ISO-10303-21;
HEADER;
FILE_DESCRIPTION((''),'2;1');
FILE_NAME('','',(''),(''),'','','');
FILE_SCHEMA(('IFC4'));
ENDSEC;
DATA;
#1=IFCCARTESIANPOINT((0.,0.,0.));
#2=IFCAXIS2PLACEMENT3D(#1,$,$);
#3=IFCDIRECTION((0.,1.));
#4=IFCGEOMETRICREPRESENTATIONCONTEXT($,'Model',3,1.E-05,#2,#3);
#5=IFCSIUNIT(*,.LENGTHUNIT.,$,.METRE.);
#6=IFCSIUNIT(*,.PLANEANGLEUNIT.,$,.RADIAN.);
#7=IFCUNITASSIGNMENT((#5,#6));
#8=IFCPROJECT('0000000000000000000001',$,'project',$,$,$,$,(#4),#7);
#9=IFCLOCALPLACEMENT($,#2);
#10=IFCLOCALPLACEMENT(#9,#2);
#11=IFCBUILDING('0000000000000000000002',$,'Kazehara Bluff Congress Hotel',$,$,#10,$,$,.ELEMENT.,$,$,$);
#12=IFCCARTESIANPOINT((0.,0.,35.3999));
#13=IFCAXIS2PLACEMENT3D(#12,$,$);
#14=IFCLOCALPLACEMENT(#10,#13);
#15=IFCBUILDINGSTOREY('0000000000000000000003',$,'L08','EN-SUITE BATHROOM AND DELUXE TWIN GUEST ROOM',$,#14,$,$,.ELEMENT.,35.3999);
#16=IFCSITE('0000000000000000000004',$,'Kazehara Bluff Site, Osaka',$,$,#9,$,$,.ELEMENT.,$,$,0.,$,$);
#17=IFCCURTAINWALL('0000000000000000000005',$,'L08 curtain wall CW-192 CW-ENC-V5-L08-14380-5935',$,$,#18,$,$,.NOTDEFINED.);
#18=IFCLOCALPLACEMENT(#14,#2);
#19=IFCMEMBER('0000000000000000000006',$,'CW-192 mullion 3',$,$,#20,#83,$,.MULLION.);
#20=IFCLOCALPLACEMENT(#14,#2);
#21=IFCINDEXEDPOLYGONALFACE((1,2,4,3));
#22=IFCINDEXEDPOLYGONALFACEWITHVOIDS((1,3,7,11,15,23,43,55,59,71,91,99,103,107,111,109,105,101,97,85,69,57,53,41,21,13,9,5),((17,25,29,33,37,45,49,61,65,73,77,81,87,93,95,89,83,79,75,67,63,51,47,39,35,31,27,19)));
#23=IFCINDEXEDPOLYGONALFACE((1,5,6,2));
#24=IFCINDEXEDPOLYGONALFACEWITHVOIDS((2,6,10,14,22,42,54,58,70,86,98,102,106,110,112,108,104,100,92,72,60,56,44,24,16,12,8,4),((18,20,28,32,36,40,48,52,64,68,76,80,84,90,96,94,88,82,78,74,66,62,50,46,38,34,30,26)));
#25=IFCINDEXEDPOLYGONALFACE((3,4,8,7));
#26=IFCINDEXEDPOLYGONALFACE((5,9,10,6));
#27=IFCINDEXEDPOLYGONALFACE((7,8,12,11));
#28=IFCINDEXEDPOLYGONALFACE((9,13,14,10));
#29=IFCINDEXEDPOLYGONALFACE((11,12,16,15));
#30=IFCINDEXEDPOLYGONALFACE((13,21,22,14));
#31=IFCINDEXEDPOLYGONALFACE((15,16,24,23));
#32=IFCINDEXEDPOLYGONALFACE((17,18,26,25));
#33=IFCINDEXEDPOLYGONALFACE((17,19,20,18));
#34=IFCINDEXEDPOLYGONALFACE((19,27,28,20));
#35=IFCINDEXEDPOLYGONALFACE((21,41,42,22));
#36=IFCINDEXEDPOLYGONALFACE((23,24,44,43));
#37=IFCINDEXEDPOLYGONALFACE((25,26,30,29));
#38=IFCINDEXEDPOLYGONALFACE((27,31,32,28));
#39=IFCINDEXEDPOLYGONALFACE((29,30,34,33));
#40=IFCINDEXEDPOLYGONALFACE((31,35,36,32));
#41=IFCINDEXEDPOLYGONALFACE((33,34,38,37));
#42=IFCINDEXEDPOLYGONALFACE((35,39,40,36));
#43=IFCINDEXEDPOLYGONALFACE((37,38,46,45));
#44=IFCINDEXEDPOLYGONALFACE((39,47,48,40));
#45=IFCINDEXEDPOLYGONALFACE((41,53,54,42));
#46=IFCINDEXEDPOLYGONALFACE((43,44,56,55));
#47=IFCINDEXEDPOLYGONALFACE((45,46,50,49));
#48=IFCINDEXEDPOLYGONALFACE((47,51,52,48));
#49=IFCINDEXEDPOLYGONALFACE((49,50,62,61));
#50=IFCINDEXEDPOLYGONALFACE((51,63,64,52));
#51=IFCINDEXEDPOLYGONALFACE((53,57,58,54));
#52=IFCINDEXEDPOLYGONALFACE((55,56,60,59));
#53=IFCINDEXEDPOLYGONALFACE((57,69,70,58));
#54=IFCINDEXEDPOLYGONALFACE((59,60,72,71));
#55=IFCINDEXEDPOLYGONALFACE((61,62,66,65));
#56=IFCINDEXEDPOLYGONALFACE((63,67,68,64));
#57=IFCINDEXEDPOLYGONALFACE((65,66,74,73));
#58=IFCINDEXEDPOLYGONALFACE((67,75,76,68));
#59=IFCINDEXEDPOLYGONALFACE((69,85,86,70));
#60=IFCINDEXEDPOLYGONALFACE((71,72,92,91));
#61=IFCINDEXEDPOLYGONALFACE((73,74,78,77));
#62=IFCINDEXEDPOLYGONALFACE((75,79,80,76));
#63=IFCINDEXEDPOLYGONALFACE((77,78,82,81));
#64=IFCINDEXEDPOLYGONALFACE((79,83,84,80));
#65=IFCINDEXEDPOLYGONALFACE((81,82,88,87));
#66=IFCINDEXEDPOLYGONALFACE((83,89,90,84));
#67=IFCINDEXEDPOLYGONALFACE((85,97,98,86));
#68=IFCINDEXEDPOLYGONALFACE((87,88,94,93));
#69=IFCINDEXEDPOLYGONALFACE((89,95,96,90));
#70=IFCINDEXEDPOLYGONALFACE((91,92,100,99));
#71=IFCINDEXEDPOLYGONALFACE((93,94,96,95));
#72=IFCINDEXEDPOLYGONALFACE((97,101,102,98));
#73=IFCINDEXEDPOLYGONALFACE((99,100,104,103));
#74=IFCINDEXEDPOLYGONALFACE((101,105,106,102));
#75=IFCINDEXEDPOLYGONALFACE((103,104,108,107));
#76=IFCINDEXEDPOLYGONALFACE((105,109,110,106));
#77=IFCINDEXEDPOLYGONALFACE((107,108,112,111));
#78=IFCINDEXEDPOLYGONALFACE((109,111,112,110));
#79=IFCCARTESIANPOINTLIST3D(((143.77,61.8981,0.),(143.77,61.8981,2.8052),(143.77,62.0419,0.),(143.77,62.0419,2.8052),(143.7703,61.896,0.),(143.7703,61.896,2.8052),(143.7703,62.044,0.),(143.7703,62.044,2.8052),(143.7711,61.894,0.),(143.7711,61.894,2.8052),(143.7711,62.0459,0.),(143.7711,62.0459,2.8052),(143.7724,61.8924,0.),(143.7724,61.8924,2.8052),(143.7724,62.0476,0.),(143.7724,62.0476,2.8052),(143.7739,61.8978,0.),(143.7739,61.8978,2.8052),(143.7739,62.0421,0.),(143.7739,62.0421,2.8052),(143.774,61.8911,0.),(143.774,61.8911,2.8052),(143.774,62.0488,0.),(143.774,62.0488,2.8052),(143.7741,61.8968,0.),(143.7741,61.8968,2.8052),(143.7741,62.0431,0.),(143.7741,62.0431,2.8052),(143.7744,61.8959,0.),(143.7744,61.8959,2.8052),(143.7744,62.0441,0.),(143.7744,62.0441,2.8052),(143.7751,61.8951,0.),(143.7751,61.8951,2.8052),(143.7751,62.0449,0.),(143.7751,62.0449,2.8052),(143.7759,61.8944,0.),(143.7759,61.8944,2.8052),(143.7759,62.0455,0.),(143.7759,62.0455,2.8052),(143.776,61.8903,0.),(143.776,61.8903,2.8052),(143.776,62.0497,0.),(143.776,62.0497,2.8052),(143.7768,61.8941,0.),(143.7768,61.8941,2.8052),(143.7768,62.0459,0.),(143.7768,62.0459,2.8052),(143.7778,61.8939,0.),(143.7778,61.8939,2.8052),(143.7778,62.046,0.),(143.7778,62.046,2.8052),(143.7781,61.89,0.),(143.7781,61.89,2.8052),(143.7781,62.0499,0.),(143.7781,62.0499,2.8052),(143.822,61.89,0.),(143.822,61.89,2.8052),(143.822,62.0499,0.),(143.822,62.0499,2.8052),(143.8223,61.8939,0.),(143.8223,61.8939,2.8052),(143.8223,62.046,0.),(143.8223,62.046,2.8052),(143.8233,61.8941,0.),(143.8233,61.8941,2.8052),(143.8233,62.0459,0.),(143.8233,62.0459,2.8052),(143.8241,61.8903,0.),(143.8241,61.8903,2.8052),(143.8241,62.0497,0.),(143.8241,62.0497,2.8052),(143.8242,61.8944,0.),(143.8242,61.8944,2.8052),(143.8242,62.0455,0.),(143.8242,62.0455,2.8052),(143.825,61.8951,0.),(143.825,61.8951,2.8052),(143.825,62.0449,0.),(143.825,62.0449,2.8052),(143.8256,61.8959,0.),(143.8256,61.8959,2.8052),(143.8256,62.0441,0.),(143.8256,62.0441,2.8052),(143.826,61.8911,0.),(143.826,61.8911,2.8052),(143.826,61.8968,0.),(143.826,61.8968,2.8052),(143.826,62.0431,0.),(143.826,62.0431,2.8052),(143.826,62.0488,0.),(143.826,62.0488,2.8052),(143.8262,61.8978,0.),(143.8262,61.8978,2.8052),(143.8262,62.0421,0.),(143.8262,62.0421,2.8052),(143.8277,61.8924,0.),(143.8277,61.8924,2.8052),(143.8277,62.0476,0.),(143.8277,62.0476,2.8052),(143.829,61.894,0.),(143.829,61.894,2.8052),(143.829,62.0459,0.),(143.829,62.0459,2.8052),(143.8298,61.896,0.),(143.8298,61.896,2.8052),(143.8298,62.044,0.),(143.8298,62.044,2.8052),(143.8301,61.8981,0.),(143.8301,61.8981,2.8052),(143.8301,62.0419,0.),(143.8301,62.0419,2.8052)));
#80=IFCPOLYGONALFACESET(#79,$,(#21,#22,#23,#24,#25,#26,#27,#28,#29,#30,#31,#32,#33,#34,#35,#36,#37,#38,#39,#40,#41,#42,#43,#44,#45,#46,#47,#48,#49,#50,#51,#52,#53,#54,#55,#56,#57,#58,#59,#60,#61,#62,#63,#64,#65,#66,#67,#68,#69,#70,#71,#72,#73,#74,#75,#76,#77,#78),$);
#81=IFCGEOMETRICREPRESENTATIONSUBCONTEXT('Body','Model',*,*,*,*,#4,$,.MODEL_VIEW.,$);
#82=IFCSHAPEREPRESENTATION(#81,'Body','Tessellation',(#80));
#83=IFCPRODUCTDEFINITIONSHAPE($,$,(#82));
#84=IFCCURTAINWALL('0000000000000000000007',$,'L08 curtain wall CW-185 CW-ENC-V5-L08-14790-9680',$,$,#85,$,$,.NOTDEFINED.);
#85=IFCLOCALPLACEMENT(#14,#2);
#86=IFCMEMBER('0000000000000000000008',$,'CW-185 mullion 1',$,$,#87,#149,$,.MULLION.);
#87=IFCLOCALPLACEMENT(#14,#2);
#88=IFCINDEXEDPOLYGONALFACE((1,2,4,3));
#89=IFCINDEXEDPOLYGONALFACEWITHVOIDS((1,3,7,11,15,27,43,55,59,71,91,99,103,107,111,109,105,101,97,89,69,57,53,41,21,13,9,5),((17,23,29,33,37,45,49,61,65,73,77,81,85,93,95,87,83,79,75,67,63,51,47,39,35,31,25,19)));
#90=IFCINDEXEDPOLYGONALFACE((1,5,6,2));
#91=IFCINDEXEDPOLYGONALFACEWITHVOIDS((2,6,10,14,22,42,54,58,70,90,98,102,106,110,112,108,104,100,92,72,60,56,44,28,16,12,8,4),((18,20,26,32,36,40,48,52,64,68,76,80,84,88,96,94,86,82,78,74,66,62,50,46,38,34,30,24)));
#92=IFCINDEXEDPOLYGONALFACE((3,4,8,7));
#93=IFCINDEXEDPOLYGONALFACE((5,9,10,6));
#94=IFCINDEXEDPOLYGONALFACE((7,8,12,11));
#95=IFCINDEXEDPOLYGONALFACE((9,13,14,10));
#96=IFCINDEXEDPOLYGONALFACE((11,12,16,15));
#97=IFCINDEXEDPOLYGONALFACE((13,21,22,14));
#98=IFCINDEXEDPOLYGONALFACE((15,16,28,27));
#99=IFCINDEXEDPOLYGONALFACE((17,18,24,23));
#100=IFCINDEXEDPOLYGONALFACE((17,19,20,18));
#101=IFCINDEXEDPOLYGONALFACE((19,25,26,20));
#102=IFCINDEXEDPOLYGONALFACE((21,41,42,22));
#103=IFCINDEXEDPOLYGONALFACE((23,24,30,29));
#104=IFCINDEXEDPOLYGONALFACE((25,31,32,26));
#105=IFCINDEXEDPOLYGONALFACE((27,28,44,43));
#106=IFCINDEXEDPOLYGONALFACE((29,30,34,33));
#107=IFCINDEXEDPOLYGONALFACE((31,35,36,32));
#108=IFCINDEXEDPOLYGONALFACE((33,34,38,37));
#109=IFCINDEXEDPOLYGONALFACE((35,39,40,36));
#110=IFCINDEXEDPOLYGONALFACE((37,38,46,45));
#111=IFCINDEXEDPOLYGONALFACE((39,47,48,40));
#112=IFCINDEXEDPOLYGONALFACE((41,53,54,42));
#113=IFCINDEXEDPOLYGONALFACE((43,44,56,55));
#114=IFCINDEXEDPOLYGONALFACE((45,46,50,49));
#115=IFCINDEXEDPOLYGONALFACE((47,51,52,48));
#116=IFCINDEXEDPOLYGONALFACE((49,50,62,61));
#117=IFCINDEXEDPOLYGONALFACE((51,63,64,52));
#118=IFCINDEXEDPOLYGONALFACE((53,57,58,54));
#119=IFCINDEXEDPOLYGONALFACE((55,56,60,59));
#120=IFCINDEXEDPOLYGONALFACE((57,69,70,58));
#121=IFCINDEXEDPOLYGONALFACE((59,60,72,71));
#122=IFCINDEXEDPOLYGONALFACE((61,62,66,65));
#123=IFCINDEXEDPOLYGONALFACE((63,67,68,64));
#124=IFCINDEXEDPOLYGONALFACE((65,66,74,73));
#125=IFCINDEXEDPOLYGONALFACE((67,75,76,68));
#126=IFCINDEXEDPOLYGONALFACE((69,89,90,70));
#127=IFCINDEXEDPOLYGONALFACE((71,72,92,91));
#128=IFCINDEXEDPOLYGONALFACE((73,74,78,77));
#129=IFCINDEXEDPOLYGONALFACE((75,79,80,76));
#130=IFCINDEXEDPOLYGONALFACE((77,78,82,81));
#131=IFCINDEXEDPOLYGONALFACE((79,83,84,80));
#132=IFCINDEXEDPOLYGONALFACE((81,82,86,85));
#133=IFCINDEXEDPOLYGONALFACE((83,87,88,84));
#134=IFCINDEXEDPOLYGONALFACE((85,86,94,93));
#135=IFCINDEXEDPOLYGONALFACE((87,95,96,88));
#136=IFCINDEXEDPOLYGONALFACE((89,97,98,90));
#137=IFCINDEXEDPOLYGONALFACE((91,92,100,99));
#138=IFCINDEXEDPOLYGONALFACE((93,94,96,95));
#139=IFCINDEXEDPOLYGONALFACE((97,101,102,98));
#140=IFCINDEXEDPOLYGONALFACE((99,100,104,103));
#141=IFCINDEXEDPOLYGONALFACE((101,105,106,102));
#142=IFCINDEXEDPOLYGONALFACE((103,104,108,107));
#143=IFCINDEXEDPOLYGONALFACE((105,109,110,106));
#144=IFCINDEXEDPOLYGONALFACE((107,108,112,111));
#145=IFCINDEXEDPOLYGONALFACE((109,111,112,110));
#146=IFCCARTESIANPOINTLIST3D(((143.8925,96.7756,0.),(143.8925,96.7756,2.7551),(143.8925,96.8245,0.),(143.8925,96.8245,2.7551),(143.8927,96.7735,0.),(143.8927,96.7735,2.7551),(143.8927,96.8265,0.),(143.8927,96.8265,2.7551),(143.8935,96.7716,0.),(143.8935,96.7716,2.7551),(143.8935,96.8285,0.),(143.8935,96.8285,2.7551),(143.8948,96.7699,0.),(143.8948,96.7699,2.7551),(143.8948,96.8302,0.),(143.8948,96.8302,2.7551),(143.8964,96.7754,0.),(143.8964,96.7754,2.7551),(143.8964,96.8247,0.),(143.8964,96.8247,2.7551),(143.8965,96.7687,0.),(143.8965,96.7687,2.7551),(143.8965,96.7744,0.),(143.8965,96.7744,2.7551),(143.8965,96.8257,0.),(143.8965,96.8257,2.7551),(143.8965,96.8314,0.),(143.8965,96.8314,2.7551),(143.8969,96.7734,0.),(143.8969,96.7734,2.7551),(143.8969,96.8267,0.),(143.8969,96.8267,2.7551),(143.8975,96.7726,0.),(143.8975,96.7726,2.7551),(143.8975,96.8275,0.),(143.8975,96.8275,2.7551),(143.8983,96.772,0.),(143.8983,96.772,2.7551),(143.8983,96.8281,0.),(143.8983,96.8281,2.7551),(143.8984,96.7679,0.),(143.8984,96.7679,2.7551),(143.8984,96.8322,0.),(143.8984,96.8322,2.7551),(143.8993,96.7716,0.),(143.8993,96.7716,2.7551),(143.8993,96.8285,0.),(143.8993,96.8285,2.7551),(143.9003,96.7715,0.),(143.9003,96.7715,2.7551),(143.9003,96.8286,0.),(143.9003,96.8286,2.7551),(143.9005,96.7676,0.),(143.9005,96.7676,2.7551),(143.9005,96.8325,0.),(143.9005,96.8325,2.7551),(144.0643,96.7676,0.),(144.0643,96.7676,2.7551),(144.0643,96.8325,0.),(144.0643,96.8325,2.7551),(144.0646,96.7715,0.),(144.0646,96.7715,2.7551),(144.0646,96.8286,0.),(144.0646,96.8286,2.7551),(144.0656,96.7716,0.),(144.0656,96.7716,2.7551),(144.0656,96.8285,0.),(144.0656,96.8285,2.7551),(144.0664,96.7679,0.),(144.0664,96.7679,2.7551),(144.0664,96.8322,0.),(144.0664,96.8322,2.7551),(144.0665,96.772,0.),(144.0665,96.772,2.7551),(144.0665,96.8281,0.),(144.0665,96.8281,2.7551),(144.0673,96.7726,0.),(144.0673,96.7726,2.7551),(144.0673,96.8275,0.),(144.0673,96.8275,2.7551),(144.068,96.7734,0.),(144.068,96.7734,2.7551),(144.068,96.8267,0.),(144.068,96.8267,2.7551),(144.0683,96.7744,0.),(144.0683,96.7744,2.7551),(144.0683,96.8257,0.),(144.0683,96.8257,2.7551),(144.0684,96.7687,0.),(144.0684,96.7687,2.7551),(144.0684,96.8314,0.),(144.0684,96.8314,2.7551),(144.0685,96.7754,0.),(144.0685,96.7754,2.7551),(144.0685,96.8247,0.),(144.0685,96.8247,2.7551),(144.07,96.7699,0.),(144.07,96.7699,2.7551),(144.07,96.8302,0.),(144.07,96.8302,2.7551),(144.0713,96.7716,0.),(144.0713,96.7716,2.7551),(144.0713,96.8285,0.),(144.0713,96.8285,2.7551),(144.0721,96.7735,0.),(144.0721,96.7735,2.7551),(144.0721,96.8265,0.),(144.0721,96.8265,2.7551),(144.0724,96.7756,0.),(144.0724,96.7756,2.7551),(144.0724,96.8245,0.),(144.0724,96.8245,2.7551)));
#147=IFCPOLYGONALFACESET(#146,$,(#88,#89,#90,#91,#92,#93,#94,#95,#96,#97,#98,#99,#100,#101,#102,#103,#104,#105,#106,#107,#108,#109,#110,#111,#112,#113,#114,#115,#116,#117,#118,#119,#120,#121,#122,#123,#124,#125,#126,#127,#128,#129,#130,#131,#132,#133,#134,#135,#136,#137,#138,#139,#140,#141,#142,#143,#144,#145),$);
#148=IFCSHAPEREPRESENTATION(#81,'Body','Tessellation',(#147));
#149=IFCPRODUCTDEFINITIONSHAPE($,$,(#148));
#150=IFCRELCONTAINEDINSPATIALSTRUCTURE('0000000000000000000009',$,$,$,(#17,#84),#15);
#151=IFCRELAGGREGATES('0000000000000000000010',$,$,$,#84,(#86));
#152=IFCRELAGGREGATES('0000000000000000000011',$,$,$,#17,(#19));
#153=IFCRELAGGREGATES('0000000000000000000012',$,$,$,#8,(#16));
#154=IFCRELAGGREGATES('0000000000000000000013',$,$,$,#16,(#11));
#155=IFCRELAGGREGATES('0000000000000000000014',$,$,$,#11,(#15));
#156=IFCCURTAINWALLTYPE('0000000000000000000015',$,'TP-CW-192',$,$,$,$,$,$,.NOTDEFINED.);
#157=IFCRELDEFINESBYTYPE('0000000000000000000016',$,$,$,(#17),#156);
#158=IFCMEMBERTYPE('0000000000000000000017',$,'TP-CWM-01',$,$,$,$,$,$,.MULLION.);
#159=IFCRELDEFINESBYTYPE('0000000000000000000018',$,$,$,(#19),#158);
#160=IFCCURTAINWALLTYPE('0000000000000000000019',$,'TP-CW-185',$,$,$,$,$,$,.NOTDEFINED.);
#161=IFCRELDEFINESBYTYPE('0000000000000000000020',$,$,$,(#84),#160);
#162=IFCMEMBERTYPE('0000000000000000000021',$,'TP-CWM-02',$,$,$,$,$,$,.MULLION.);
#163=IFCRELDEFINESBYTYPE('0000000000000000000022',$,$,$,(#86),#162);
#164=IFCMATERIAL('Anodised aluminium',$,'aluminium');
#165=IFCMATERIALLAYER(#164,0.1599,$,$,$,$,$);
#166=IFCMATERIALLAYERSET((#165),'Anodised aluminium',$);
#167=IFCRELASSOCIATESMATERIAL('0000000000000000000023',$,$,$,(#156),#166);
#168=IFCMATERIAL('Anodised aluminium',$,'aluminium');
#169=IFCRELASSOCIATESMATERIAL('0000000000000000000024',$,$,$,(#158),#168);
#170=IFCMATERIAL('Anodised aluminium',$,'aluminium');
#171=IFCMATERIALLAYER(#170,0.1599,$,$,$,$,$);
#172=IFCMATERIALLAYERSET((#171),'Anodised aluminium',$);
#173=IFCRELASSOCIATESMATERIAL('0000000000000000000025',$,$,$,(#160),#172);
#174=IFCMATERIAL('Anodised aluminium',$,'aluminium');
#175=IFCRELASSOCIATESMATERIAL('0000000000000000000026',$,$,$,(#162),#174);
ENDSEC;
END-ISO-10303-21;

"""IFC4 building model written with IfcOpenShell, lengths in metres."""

from ifc_helpers import new_model, si_unit, direction, frame, origin, origin_2d, place, context, subcontext, project, spatial, hollow_rectangle, extrude, material, layer, layer_set, material_profile, profile_set, type_object, element, aggregate, save


model = new_model("IFC4")

# Units and contexts
model_context = context("Model", 3, precision=1e-05, world=origin(), true_north=direction((0.0, 1.0)))
body_context = subcontext(model_context, "Body", "Model", "MODEL_VIEW")
ifc_project = project(units=[si_unit("LENGTHUNIT", "METRE"), si_unit("PLANEANGLEUNIT", "RADIAN")], contexts=[model_context])

# Site, building, storey
site_placement = place(None, origin())
site = spatial("IfcSite", under=ifc_project, at=site_placement, Name="Kazehara Bluff Site, Osaka", CompositionType="ELEMENT", RefElevation=0.0)
building_placement = place(site_placement, origin())
building = spatial("IfcBuilding", under=site, at=building_placement, Name="Kazehara Bluff Congress Hotel", CompositionType="ELEMENT")
storey_placement = place(building_placement, frame((0.0, 0.0, 35.3999)))
storey = spatial("IfcBuildingStorey", under=building, at=storey_placement, Name="L08", Description="EN-SUITE BATHROOM AND DELUXE TWIN GUEST ROOM", CompositionType="ELEMENT", Elevation=35.3999)

# Curtain walls, members
ifc_material_1 = material(Name="Anodised aluminium", Category="aluminium")
ifc_layer_1 = layer(ifc_material_1, 0.1599)
ifc_layer_set_1 = layer_set([ifc_layer_1], Name="Anodised aluminium")
curtain_wall_type_1 = type_object("IfcCurtainWallType", Name="TP-CW-192", PredefinedType="NOTDEFINED", material=ifc_layer_set_1)
curtain_wall_1_placement = place(storey_placement, origin())
curtain_wall_1 = element("IfcCurtainWall", 1, at=curtain_wall_1_placement, inside=storey, type_object=curtain_wall_type_1, Name="L08 curtain wall CW-192 CW-ENC-V5-L08-14380-5935", PredefinedType="NOTDEFINED")
ifc_material_2 = material(Name="Anodised aluminium", Category="aluminium")
ifc_material_profile_1 = material_profile(ifc_material_2, hollow_rectangle(XDim=0.0601, YDim=0.1599, WallThickness=0.0039, InnerFilletRadius=0.0039, OuterFilletRadius=0.0081, at=origin_2d()))
ifc_profile_set_1 = profile_set([ifc_material_profile_1], Name="Anodised aluminium")
member_type_1 = type_object("IfcMemberType", Name="TP-CWM-01", PredefinedType="MULLION", material=ifc_profile_set_1)
member_1_placement = place(storey_placement, frame((143.8, 61.97, 0.0), z_axis=(0.0, 0.0, 1.0), x_axis=(-1.0, 0.0, 0.0)))
member_1 = element("IfcMember", 2, at=member_1_placement, type_object=member_type_1, Name="CW-192 mullion 3", PredefinedType="MULLION", context=body_context, shape_type="SweptSolid", body=[
    extrude(hollow_rectangle(XDim=0.0601, YDim=0.1599, WallThickness=0.0039, InnerFilletRadius=0.0039, OuterFilletRadius=0.0081, at=origin_2d()), origin(), (0.0, 0.0, 1.0), 2.8052),
])
ifc_material_3 = material(Name="Anodised aluminium", Category="aluminium")
ifc_layer_2 = layer(ifc_material_3, 0.1599)
ifc_layer_set_2 = layer_set([ifc_layer_2], Name="Anodised aluminium")
curtain_wall_type_2 = type_object("IfcCurtainWallType", Name="TP-CW-185", PredefinedType="NOTDEFINED", material=ifc_layer_set_2)
curtain_wall_2_placement = place(storey_placement, origin())
curtain_wall_2 = element("IfcCurtainWall", 3, at=curtain_wall_2_placement, inside=storey, type_object=curtain_wall_type_2, Name="L08 curtain wall CW-185 CW-ENC-V5-L08-14790-9680", PredefinedType="NOTDEFINED")
ifc_material_4 = material(Name="Anodised aluminium", Category="aluminium")
ifc_material_profile_2 = material_profile(ifc_material_4, hollow_rectangle(XDim=0.0649, YDim=0.1799, WallThickness=0.0039, InnerFilletRadius=0.0039, OuterFilletRadius=0.0081, at=origin_2d()))
ifc_profile_set_2 = profile_set([ifc_material_profile_2], Name="Anodised aluminium")
member_type_2 = type_object("IfcMemberType", Name="TP-CWM-02", PredefinedType="MULLION", material=ifc_profile_set_2)
member_2_placement = place(storey_placement, frame((143.9824, 96.8, 0.0), z_axis=(0.0, 0.0, 1.0), x_axis=(0.0, 1.0, 0.0)))
member_2 = element("IfcMember", 4, at=member_2_placement, type_object=member_type_2, Name="CW-185 mullion 1", PredefinedType="MULLION", context=body_context, shape_type="SweptSolid", body=[
    extrude(hollow_rectangle(XDim=0.0649, YDim=0.1799, WallThickness=0.0039, InnerFilletRadius=0.0039, OuterFilletRadius=0.0081, at=origin_2d()), origin(), (0.0, 0.0, 1.0), 2.7551),
])

aggregate(curtain_wall_2, [member_2])

aggregate(curtain_wall_1, [member_1])

save(model, "model.ifc")
